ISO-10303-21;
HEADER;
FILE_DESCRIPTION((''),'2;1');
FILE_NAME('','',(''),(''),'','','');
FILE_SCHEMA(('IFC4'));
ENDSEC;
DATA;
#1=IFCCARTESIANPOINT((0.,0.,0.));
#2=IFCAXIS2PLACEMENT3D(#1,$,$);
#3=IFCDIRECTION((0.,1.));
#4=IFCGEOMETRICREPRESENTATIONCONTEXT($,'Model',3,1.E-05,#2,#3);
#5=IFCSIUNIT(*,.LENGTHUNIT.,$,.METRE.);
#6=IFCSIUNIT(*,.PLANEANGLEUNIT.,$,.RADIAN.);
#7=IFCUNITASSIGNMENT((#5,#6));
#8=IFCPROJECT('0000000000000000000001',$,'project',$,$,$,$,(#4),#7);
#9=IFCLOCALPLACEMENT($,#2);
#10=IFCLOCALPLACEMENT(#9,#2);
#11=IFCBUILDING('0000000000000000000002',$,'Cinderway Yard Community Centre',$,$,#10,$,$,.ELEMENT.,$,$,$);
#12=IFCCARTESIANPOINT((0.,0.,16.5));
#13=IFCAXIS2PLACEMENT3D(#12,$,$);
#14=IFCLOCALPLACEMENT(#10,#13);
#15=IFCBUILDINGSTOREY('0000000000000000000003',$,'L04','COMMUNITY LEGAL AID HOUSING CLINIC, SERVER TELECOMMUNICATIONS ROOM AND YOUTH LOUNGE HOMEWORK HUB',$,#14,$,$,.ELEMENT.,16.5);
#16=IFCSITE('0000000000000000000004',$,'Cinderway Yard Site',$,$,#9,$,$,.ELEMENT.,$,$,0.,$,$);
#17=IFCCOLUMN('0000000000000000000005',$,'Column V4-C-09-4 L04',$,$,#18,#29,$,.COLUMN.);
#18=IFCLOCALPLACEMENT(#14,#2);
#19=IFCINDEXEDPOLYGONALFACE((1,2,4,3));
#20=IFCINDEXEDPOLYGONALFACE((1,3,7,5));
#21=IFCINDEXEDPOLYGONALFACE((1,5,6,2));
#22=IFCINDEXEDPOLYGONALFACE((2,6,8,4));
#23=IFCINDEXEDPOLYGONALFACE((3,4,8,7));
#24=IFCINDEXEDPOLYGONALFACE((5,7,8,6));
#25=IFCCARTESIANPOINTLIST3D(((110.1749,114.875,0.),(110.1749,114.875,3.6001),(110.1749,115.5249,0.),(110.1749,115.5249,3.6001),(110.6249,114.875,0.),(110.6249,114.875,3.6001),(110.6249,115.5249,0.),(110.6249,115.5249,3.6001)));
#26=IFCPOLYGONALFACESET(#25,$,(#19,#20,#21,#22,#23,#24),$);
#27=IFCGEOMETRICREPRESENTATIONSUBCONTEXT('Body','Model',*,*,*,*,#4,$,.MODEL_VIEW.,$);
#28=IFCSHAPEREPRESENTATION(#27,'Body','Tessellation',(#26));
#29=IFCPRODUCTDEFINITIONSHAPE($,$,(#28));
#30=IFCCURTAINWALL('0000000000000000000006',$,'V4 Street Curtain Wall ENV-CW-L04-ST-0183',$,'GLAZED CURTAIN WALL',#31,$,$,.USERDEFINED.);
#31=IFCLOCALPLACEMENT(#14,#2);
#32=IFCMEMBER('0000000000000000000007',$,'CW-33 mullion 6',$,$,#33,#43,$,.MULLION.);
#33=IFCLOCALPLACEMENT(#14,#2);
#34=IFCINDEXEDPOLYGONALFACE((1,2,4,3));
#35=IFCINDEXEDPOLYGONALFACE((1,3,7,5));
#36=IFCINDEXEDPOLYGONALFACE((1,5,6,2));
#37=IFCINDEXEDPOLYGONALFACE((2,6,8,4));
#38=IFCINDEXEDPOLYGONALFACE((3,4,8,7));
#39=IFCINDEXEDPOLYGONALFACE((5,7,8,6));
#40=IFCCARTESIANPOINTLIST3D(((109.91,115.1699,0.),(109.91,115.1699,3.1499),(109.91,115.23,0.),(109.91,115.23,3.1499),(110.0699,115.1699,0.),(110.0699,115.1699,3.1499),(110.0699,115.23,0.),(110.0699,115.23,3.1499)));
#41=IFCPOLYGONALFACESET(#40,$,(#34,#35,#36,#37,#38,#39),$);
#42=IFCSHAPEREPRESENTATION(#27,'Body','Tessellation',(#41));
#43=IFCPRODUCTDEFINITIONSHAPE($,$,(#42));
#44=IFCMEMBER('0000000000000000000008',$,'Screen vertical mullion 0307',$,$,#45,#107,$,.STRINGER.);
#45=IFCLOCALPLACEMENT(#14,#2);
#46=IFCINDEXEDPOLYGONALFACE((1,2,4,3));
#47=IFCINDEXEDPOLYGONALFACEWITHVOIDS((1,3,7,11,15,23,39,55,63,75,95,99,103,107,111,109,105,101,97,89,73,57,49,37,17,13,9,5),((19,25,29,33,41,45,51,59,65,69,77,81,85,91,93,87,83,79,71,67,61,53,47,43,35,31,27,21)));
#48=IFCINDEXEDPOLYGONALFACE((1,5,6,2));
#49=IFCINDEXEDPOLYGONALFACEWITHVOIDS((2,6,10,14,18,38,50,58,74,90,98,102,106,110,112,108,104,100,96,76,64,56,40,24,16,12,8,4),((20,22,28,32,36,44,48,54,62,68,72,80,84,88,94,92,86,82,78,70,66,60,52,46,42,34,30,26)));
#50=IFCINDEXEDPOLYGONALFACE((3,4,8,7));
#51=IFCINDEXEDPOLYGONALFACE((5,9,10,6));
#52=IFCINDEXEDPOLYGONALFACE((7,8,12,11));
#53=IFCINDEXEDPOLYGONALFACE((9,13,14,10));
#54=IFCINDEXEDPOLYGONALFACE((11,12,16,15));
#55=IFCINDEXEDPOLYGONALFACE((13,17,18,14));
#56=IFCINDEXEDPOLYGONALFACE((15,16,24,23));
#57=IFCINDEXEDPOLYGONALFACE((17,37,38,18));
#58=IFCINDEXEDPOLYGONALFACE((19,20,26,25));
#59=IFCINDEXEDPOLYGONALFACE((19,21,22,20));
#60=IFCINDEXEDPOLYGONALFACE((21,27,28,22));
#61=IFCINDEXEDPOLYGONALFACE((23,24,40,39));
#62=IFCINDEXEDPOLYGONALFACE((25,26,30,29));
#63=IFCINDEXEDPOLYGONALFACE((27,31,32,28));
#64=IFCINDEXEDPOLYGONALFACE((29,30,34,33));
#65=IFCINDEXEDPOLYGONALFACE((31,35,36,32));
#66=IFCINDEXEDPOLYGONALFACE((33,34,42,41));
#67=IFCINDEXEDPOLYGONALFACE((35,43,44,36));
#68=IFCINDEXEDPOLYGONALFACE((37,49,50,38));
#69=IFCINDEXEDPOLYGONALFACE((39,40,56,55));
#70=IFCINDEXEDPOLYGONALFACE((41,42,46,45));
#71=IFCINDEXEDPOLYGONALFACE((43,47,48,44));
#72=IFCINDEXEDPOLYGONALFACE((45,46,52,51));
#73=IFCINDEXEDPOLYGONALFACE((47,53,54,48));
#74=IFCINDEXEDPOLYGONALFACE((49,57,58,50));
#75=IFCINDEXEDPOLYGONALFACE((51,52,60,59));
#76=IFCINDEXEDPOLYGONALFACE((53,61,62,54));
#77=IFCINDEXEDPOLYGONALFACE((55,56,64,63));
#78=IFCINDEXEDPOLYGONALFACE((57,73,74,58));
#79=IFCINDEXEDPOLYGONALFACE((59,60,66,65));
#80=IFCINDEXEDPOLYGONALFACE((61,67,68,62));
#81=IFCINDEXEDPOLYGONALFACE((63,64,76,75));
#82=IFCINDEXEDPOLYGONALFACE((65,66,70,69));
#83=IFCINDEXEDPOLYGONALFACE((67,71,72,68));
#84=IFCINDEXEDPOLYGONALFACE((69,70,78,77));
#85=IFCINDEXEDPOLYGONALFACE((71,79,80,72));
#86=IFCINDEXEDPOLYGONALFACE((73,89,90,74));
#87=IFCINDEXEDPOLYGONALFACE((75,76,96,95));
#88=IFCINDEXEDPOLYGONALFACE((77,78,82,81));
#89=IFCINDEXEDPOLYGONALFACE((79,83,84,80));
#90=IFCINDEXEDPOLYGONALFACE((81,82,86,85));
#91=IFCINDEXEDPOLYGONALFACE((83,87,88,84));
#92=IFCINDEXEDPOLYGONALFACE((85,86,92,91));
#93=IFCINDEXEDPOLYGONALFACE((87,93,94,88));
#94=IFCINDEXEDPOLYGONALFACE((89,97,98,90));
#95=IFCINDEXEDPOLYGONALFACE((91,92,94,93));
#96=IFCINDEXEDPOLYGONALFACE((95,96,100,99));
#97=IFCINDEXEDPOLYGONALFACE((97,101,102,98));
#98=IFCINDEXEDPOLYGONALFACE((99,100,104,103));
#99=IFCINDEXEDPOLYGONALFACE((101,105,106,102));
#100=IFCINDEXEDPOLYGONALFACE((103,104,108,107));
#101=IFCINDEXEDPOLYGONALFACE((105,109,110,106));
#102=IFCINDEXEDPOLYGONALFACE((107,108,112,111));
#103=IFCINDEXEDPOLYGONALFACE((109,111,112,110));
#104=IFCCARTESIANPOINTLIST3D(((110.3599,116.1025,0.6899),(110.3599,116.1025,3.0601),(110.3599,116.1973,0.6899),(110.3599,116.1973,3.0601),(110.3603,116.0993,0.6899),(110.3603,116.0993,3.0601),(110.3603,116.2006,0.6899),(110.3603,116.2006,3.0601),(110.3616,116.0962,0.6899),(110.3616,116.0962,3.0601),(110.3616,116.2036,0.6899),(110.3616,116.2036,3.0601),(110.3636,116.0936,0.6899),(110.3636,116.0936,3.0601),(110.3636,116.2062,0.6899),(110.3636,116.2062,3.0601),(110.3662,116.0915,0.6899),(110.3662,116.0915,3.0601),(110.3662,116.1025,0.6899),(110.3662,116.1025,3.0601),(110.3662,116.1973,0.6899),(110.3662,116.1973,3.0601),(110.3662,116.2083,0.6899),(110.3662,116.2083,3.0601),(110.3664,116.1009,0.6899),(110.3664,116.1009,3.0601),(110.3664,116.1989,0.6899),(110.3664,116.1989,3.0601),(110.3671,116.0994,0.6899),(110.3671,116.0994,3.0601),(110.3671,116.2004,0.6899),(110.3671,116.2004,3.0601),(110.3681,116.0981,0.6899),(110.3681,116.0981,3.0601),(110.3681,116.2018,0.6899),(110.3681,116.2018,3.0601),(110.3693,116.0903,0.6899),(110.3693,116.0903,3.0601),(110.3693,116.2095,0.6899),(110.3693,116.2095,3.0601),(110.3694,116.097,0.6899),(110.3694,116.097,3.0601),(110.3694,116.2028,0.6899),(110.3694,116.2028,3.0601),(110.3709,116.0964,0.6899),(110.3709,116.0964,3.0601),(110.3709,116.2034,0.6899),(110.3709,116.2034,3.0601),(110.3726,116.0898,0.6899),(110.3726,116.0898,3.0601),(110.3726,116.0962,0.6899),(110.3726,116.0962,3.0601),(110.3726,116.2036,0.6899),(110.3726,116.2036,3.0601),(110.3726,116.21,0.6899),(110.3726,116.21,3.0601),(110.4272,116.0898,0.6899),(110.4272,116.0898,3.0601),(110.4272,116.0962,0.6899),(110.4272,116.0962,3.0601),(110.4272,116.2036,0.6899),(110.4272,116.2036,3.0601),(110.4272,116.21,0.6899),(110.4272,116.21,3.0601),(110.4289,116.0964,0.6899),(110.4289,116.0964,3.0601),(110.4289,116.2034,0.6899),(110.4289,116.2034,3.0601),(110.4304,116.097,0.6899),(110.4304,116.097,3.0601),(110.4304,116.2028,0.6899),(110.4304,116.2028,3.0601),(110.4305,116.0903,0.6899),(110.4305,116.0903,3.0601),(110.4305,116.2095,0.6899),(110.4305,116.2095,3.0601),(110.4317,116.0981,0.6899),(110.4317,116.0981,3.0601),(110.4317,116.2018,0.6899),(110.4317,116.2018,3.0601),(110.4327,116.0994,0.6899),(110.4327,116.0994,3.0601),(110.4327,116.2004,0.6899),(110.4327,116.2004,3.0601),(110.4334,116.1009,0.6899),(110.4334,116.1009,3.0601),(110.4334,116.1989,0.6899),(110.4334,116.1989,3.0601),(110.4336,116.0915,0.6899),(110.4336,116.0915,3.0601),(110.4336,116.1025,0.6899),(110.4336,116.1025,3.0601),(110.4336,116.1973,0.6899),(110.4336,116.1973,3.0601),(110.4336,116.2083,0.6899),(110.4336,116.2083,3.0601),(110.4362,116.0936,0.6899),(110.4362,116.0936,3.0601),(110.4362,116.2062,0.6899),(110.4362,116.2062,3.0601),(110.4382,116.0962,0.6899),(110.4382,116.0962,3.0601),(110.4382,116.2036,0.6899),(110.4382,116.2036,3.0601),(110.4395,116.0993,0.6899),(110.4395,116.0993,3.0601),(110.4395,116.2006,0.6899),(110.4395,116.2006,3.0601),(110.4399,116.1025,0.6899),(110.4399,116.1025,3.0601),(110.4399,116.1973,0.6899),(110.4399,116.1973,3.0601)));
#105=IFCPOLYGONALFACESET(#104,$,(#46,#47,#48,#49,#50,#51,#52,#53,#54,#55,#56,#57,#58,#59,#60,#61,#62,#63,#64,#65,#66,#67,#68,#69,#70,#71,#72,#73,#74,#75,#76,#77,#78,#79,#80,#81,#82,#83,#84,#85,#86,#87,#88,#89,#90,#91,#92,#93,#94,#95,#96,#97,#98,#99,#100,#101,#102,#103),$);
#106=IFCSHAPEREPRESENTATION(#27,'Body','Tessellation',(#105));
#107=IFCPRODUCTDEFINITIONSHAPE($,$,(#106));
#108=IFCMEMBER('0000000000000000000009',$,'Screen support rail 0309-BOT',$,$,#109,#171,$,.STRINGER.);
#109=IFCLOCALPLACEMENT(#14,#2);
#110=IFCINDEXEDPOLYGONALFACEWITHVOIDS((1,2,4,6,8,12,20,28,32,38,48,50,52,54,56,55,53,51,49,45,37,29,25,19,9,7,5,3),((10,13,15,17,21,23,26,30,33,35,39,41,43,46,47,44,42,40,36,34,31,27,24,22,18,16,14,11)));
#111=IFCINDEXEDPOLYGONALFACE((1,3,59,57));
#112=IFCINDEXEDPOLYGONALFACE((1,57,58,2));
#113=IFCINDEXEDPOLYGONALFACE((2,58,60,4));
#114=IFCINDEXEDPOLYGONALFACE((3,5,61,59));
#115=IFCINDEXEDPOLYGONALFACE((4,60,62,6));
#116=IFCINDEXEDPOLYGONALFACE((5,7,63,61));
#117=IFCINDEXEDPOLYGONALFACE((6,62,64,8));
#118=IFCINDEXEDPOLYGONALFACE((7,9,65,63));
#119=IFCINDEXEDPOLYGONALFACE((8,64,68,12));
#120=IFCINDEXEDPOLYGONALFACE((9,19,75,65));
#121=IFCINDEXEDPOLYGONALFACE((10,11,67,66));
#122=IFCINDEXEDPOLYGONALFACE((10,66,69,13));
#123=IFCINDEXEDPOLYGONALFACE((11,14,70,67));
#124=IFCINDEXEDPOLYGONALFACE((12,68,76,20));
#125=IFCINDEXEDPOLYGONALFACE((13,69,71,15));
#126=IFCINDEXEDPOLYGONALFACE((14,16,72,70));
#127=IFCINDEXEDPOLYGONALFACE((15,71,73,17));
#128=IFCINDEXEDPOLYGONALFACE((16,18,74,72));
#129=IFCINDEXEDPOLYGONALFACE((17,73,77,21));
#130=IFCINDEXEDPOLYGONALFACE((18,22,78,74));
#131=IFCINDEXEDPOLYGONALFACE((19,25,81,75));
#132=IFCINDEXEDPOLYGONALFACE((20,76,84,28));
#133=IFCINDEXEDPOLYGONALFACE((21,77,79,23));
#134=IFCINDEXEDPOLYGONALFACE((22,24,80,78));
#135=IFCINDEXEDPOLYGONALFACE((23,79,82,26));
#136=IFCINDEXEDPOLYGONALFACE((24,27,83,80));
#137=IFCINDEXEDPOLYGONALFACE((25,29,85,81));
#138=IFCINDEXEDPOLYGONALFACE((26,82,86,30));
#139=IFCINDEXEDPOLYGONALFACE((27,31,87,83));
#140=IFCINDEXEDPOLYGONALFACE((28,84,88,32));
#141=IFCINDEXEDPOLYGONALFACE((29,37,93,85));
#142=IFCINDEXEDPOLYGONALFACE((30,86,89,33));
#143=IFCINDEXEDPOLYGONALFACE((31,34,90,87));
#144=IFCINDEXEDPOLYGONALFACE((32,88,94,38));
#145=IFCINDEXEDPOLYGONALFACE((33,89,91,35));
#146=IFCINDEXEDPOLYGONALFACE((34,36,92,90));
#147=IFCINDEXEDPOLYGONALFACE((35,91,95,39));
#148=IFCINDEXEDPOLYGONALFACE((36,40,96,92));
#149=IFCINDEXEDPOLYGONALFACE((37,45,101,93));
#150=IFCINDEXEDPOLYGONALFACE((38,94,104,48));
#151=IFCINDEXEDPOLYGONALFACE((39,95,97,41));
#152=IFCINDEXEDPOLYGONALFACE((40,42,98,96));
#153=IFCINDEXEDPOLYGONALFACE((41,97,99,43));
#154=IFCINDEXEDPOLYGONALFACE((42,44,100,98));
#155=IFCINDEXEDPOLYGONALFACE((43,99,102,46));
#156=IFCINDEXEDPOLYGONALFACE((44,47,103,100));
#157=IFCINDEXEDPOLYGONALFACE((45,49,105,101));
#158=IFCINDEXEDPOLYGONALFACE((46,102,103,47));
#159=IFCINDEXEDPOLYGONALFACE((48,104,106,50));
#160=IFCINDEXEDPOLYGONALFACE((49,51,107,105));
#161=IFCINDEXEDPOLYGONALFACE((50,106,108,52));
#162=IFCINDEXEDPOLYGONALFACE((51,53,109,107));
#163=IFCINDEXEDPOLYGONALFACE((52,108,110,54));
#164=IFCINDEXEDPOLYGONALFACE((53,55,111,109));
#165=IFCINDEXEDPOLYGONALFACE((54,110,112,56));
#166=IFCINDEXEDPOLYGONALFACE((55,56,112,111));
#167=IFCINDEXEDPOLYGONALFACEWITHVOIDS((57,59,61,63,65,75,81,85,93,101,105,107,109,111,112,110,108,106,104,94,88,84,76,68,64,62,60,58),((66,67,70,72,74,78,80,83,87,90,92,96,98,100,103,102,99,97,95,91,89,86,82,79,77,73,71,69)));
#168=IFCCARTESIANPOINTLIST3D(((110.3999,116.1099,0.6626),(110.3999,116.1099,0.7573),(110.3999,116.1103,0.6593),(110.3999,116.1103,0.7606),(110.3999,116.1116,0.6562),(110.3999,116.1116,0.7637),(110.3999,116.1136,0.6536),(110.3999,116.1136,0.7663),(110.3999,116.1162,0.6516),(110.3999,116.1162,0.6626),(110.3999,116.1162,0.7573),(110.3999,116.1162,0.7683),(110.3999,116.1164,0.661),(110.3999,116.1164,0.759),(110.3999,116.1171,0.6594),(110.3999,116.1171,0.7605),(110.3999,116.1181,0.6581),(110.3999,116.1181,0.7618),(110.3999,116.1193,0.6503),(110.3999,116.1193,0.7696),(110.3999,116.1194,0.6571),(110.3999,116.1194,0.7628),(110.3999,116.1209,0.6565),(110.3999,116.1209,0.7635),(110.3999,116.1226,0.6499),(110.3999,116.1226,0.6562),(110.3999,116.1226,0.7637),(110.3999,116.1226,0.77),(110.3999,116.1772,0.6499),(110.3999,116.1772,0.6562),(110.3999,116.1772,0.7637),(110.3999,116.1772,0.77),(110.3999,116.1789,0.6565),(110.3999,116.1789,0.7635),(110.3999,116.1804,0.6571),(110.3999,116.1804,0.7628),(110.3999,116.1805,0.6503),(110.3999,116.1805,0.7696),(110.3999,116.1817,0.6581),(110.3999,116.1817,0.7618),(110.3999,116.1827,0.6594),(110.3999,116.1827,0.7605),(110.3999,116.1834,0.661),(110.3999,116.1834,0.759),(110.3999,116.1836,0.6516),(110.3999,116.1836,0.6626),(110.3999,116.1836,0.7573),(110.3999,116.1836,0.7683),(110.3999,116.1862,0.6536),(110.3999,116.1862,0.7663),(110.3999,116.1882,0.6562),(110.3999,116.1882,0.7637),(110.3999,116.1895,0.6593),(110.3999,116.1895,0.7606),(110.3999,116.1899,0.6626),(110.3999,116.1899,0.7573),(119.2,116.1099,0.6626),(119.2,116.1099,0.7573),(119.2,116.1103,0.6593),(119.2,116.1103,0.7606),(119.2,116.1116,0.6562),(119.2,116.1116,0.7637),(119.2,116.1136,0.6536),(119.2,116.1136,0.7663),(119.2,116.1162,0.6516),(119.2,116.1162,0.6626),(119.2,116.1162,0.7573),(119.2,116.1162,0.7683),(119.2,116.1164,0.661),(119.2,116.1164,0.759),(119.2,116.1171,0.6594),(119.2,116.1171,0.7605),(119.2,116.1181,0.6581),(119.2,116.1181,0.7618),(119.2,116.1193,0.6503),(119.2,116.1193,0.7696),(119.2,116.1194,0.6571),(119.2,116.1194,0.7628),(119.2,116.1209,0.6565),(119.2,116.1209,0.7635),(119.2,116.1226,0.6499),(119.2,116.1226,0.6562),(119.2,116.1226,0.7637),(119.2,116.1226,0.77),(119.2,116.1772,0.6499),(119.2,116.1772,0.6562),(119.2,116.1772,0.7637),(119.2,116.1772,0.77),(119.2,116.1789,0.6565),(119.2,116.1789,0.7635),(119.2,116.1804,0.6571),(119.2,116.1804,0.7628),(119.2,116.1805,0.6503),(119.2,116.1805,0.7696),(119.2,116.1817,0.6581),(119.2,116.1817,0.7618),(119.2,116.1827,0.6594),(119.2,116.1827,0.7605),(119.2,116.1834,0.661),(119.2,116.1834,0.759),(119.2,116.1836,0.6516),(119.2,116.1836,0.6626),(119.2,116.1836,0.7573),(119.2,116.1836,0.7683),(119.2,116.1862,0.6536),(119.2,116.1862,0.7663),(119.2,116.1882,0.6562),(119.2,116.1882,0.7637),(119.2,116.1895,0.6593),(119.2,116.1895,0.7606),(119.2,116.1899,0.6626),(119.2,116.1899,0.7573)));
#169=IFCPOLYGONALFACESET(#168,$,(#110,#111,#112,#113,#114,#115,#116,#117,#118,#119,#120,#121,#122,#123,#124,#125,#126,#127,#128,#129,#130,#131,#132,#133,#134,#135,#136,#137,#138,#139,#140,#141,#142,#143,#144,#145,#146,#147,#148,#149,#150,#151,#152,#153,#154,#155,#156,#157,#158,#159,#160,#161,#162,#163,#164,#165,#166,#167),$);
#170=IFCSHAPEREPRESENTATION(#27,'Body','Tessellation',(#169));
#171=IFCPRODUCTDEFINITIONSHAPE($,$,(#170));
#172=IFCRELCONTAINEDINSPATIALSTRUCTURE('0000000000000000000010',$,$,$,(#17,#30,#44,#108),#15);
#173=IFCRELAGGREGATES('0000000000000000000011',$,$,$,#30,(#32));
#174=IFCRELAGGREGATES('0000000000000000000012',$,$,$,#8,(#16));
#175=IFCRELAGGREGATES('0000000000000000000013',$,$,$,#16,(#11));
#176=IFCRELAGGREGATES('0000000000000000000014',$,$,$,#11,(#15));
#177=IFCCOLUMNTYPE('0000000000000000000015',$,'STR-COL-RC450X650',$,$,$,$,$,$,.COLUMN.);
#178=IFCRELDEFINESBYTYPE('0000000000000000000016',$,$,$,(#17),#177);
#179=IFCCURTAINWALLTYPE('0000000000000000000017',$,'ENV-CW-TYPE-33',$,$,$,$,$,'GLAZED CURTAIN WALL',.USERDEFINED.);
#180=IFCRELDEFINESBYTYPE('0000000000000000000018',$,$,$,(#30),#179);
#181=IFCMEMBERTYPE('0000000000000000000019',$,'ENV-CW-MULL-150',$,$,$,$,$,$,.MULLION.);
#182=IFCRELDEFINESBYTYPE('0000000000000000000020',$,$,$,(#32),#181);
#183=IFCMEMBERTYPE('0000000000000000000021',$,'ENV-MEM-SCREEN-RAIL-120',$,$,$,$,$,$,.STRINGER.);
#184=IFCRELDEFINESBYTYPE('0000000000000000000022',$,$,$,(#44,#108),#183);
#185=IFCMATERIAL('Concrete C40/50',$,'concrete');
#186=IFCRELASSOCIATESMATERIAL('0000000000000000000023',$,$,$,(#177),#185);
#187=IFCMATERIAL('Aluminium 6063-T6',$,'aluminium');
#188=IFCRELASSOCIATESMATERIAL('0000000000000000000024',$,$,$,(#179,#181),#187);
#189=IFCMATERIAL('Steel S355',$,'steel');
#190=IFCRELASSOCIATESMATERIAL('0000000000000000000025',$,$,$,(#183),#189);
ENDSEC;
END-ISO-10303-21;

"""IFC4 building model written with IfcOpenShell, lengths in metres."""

from ifc_helpers import new_model, si_unit, direction, frame, origin, origin_2d, place, context, subcontext, project, spatial, rectangle, hollow_rectangle, extrude, material, material_profile, profile_set, type_object, element, aggregate, save


model = new_model("IFC4")

# Units and contexts
model_context = context("Model", 3, precision=1e-05, world=origin(), true_north=direction((0.0, 1.0)))
body_context = subcontext(model_context, "Body", "Model", "MODEL_VIEW")
ifc_project = project(units=[si_unit("LENGTHUNIT", "METRE"), si_unit("PLANEANGLEUNIT", "RADIAN")], contexts=[model_context])

# Site, building, storey
site_placement = place(None, origin())
site = spatial("IfcSite", under=ifc_project, at=site_placement, Name="Cinderway Yard Site", CompositionType="ELEMENT", RefElevation=0.0)
building_placement = place(site_placement, origin())
building = spatial("IfcBuilding", under=site, at=building_placement, Name="Cinderway Yard Community Centre", CompositionType="ELEMENT")
storey_placement = place(building_placement, frame((0.0, 0.0, 16.5)))
storey = spatial("IfcBuildingStorey", under=building, at=storey_placement, Name="L04", Description="COMMUNITY LEGAL AID HOUSING CLINIC, SERVER TELECOMMUNICATIONS ROOM AND YOUTH LOUNGE HOMEWORK HUB", CompositionType="ELEMENT", Elevation=16.5)

# Column
ifc_material_1 = material(Name="Concrete C40/50", Category="concrete")
ifc_material_profile_1 = material_profile(ifc_material_1, rectangle(XDim=0.45, YDim=0.6499, at=origin_2d()), Name="Concrete C40/50")
ifc_profile_set_1 = profile_set([ifc_material_profile_1], Name="Concrete C40/50")
column_type = type_object("IfcColumnType", Name="STR-COL-RC450X650", PredefinedType="COLUMN", material=ifc_profile_set_1)
column_placement = place(storey_placement, frame((110.3999, 115.2, 0.0), z_axis=(0.0, 0.0, 1.0), x_axis=(1.0, 0.0, 0.0)))
element("IfcColumn", 1, at=column_placement, inside=storey, type_object=column_type, Name="Column V4-C-09-4 L04", PredefinedType="COLUMN", context=body_context, shape_type="SweptSolid", body=[
    extrude(rectangle(XDim=0.45, YDim=0.6499, at=origin_2d()), origin(), (0.0, 0.0, 1.0), 3.6001),
])

# Curtain wall, member
ifc_material_2 = material(Name="Aluminium 6063-T6", Category="aluminium")
curtain_wall_type = type_object("IfcCurtainWallType", Name="ENV-CW-TYPE-33", ElementType="GLAZED CURTAIN WALL", PredefinedType="USERDEFINED", material=ifc_material_2)
curtain_wall_placement = place(storey_placement, origin())
curtain_wall = element("IfcCurtainWall", 2, at=curtain_wall_placement, inside=storey, type_object=curtain_wall_type, Name="V4 Street Curtain Wall ENV-CW-L04-ST-0183", ObjectType="GLAZED CURTAIN WALL", PredefinedType="USERDEFINED")
ifc_material_profile_2 = material_profile(ifc_material_2, rectangle(XDim=0.0601, YDim=0.1599, at=origin_2d()), Name="Aluminium 6063-T6")
ifc_profile_set_2 = profile_set([ifc_material_profile_2], Name="Aluminium 6063-T6")
member_type_1 = type_object("IfcMemberType", Name="ENV-CW-MULL-150", PredefinedType="MULLION", material=ifc_profile_set_2)
member_1_placement = place(storey_placement, frame((109.99, 115.2, 0.0), z_axis=(0.0, 0.0, 1.0), x_axis=(0.0, 1.0, 0.0)))
member_1 = element("IfcMember", 3, at=member_1_placement, type_object=member_type_1, Name="CW-33 mullion 6", PredefinedType="MULLION", context=body_context, shape_type="SweptSolid", body=[
    extrude(rectangle(XDim=0.0601, YDim=0.1599, at=origin_2d()), origin(), (0.0, 0.0, 1.0), 3.1499),
])
aggregate(curtain_wall, [member_1])

# Members
ifc_material_3 = material(Name="Steel S355", Category="steel")
ifc_material_profile_3 = material_profile(ifc_material_3, hollow_rectangle(XDim=0.0801, YDim=0.1201, WallThickness=0.0063, InnerFilletRadius=0.0063, OuterFilletRadius=0.0127, at=origin_2d()), Name="Steel S355")
ifc_profile_set_3 = profile_set([ifc_material_profile_3], Name="Steel S355")
member_type_2 = type_object("IfcMemberType", Name="ENV-MEM-SCREEN-RAIL-120", PredefinedType="STRINGER", material=ifc_profile_set_3)
member_2_placement = place(storey_placement, frame((110.3999, 116.1499, 0.6899), z_axis=(0.0, 0.0, 1.0), x_axis=(1.0, 0.0, 0.0)))
element("IfcMember", 4, at=member_2_placement, inside=storey, type_object=member_type_2, Name="Screen vertical mullion 0307", PredefinedType="STRINGER", context=body_context, shape_type="SweptSolid", body=[
    extrude(hollow_rectangle(XDim=0.0801, YDim=0.1201, WallThickness=0.0063, InnerFilletRadius=0.0063, OuterFilletRadius=0.0127, at=origin_2d()), origin(), (0.0, 0.0, 1.0), 2.3701),
])
for number, where, z_axis, x_axis, name in (
    (5, (110.3999, 116.1499, 0.71), (1.0, 0.0, 0.0), (0.0, 1.0, 0.0), "Screen support rail 0309-BOT"),
):
    element("IfcMember", number, at=place(storey_placement, frame(where, z_axis=z_axis, x_axis=x_axis)), inside=storey, type_object=member_type_2, Name=name, PredefinedType="STRINGER", context=body_context, shape_type="SweptSolid", body=[
        extrude(hollow_rectangle(XDim=0.0801, YDim=0.1201, WallThickness=0.0063, InnerFilletRadius=0.0063, OuterFilletRadius=0.0127, at=origin_2d()), origin(), (0.0, 0.0, 1.0), 8.8),
    ])

save(model, "model.ifc")
